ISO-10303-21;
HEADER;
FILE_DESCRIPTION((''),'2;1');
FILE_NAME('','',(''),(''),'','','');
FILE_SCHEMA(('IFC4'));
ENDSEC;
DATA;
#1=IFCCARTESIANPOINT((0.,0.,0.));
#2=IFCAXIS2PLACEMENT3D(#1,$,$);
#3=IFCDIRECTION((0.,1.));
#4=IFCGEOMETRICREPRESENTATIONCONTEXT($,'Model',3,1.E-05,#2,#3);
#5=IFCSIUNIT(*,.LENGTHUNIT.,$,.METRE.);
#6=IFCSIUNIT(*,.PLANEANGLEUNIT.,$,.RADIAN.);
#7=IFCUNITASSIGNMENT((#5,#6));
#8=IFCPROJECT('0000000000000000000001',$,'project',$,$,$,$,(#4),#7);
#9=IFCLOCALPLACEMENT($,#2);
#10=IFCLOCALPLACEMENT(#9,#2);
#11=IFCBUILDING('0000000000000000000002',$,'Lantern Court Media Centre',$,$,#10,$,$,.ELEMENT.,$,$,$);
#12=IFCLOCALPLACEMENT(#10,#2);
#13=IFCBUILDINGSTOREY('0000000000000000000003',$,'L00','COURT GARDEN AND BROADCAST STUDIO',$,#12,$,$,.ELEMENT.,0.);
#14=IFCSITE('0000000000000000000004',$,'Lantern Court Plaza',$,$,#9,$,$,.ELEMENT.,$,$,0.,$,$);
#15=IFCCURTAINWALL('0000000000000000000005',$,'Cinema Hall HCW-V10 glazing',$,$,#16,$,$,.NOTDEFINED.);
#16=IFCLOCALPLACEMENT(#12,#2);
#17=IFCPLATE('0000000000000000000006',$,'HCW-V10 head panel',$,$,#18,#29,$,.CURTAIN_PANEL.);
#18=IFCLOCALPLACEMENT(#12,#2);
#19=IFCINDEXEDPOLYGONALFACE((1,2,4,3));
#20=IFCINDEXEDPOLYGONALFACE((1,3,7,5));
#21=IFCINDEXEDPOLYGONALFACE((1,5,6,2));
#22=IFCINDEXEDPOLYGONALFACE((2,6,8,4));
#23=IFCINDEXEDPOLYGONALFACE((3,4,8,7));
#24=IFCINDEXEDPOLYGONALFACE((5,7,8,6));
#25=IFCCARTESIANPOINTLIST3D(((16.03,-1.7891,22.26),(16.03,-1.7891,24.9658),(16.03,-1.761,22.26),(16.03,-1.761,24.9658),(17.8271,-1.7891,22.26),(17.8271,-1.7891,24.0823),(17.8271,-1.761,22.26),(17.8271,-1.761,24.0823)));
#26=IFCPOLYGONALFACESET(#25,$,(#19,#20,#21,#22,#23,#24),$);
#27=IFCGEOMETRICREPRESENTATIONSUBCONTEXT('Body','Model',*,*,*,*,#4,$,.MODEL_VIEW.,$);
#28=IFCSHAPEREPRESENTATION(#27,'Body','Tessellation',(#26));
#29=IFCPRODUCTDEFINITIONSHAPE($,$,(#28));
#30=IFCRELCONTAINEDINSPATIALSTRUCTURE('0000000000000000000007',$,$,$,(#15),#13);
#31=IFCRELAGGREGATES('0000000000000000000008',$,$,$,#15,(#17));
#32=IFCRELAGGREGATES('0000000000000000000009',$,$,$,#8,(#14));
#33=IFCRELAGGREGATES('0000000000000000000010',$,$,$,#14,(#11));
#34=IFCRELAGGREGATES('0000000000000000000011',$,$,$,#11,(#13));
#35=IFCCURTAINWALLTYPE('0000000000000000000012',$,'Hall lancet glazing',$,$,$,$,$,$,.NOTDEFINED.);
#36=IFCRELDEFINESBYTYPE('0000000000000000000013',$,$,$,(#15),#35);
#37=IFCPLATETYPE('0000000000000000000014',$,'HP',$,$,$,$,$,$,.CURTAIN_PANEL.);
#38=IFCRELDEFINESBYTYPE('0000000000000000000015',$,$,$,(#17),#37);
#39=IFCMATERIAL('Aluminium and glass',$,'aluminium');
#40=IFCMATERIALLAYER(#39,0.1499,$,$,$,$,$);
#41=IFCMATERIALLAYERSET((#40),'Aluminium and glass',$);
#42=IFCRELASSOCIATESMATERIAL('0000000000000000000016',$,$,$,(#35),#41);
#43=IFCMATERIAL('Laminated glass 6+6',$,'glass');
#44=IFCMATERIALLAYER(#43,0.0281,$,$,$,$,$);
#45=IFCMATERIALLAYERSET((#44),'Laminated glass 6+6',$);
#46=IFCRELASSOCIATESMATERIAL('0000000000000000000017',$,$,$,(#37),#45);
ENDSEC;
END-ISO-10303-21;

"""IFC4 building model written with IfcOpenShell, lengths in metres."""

from ifc_helpers import new_model, si_unit, direction, frame, origin, place, context, subcontext, project, spatial, polyline, outline, extrude, material, layer, layer_set, type_object, element, aggregate, save


model = new_model("IFC4")

# Units and contexts
model_context = context("Model", 3, precision=1e-05, world=origin(), true_north=direction((0.0, 1.0)))
body_context = subcontext(model_context, "Body", "Model", "MODEL_VIEW")
ifc_project = project(units=[si_unit("LENGTHUNIT", "METRE"), si_unit("PLANEANGLEUNIT", "RADIAN")], contexts=[model_context])

# Site, building, storey
site_placement = place(None, origin())
site = spatial("IfcSite", under=ifc_project, at=site_placement, Name="Lantern Court Plaza", CompositionType="ELEMENT", RefElevation=0.0)
building_placement = place(site_placement, origin())
building = spatial("IfcBuilding", under=site, at=building_placement, Name="Lantern Court Media Centre", CompositionType="ELEMENT")
storey_placement = place(building_placement, origin())
storey = spatial("IfcBuildingStorey", under=building, at=storey_placement, Name="L00", Description="COURT GARDEN AND BROADCAST STUDIO", CompositionType="ELEMENT", Elevation=0.0)

# Curtain wall, plate
ifc_material_1 = material(Name="Aluminium and glass", Category="aluminium")
ifc_layer_1 = layer(ifc_material_1, 0.1499)
ifc_layer_set_1 = layer_set([ifc_layer_1], Name="Aluminium and glass")
curtain_wall_type = type_object("IfcCurtainWallType", Name="Hall lancet glazing", PredefinedType="NOTDEFINED", material=ifc_layer_set_1)
curtain_wall_placement = place(storey_placement, origin())
curtain_wall = element("IfcCurtainWall", 1, at=curtain_wall_placement, inside=storey, type_object=curtain_wall_type, Name="Cinema Hall HCW-V10 glazing", PredefinedType="NOTDEFINED")
ifc_material_2 = material(Name="Laminated glass 6+6", Category="glass")
ifc_layer_2 = layer(ifc_material_2, 0.0281)
ifc_layer_set_2 = layer_set([ifc_layer_2], Name="Laminated glass 6+6")
plate_type = type_object("IfcPlateType", Name="HP", PredefinedType="CURTAIN_PANEL", material=ifc_layer_set_2)
plate_1_placement = place(storey_placement, frame((16.03, -1.7891, 22.26), z_axis=(0.0, -1.0, 0.0), x_axis=(1.0, 0.0, 0.0)))
plate_1 = element("IfcPlate", 2, at=plate_1_placement, type_object=plate_type, Name="HCW-V10 head panel", PredefinedType="CURTAIN_PANEL", context=body_context, shape_type="SweptSolid", body=[
    extrude(outline(polyline([(0.0, 0.0), (1.7971, 0.0), (1.7971, 1.8223), (0.0, 2.7058), (0.0, 0.0)])), origin(), (0.0, 0.0, -1.0), 0.0281),
])
aggregate(curtain_wall, [plate_1])

save(model, "model.ifc")
